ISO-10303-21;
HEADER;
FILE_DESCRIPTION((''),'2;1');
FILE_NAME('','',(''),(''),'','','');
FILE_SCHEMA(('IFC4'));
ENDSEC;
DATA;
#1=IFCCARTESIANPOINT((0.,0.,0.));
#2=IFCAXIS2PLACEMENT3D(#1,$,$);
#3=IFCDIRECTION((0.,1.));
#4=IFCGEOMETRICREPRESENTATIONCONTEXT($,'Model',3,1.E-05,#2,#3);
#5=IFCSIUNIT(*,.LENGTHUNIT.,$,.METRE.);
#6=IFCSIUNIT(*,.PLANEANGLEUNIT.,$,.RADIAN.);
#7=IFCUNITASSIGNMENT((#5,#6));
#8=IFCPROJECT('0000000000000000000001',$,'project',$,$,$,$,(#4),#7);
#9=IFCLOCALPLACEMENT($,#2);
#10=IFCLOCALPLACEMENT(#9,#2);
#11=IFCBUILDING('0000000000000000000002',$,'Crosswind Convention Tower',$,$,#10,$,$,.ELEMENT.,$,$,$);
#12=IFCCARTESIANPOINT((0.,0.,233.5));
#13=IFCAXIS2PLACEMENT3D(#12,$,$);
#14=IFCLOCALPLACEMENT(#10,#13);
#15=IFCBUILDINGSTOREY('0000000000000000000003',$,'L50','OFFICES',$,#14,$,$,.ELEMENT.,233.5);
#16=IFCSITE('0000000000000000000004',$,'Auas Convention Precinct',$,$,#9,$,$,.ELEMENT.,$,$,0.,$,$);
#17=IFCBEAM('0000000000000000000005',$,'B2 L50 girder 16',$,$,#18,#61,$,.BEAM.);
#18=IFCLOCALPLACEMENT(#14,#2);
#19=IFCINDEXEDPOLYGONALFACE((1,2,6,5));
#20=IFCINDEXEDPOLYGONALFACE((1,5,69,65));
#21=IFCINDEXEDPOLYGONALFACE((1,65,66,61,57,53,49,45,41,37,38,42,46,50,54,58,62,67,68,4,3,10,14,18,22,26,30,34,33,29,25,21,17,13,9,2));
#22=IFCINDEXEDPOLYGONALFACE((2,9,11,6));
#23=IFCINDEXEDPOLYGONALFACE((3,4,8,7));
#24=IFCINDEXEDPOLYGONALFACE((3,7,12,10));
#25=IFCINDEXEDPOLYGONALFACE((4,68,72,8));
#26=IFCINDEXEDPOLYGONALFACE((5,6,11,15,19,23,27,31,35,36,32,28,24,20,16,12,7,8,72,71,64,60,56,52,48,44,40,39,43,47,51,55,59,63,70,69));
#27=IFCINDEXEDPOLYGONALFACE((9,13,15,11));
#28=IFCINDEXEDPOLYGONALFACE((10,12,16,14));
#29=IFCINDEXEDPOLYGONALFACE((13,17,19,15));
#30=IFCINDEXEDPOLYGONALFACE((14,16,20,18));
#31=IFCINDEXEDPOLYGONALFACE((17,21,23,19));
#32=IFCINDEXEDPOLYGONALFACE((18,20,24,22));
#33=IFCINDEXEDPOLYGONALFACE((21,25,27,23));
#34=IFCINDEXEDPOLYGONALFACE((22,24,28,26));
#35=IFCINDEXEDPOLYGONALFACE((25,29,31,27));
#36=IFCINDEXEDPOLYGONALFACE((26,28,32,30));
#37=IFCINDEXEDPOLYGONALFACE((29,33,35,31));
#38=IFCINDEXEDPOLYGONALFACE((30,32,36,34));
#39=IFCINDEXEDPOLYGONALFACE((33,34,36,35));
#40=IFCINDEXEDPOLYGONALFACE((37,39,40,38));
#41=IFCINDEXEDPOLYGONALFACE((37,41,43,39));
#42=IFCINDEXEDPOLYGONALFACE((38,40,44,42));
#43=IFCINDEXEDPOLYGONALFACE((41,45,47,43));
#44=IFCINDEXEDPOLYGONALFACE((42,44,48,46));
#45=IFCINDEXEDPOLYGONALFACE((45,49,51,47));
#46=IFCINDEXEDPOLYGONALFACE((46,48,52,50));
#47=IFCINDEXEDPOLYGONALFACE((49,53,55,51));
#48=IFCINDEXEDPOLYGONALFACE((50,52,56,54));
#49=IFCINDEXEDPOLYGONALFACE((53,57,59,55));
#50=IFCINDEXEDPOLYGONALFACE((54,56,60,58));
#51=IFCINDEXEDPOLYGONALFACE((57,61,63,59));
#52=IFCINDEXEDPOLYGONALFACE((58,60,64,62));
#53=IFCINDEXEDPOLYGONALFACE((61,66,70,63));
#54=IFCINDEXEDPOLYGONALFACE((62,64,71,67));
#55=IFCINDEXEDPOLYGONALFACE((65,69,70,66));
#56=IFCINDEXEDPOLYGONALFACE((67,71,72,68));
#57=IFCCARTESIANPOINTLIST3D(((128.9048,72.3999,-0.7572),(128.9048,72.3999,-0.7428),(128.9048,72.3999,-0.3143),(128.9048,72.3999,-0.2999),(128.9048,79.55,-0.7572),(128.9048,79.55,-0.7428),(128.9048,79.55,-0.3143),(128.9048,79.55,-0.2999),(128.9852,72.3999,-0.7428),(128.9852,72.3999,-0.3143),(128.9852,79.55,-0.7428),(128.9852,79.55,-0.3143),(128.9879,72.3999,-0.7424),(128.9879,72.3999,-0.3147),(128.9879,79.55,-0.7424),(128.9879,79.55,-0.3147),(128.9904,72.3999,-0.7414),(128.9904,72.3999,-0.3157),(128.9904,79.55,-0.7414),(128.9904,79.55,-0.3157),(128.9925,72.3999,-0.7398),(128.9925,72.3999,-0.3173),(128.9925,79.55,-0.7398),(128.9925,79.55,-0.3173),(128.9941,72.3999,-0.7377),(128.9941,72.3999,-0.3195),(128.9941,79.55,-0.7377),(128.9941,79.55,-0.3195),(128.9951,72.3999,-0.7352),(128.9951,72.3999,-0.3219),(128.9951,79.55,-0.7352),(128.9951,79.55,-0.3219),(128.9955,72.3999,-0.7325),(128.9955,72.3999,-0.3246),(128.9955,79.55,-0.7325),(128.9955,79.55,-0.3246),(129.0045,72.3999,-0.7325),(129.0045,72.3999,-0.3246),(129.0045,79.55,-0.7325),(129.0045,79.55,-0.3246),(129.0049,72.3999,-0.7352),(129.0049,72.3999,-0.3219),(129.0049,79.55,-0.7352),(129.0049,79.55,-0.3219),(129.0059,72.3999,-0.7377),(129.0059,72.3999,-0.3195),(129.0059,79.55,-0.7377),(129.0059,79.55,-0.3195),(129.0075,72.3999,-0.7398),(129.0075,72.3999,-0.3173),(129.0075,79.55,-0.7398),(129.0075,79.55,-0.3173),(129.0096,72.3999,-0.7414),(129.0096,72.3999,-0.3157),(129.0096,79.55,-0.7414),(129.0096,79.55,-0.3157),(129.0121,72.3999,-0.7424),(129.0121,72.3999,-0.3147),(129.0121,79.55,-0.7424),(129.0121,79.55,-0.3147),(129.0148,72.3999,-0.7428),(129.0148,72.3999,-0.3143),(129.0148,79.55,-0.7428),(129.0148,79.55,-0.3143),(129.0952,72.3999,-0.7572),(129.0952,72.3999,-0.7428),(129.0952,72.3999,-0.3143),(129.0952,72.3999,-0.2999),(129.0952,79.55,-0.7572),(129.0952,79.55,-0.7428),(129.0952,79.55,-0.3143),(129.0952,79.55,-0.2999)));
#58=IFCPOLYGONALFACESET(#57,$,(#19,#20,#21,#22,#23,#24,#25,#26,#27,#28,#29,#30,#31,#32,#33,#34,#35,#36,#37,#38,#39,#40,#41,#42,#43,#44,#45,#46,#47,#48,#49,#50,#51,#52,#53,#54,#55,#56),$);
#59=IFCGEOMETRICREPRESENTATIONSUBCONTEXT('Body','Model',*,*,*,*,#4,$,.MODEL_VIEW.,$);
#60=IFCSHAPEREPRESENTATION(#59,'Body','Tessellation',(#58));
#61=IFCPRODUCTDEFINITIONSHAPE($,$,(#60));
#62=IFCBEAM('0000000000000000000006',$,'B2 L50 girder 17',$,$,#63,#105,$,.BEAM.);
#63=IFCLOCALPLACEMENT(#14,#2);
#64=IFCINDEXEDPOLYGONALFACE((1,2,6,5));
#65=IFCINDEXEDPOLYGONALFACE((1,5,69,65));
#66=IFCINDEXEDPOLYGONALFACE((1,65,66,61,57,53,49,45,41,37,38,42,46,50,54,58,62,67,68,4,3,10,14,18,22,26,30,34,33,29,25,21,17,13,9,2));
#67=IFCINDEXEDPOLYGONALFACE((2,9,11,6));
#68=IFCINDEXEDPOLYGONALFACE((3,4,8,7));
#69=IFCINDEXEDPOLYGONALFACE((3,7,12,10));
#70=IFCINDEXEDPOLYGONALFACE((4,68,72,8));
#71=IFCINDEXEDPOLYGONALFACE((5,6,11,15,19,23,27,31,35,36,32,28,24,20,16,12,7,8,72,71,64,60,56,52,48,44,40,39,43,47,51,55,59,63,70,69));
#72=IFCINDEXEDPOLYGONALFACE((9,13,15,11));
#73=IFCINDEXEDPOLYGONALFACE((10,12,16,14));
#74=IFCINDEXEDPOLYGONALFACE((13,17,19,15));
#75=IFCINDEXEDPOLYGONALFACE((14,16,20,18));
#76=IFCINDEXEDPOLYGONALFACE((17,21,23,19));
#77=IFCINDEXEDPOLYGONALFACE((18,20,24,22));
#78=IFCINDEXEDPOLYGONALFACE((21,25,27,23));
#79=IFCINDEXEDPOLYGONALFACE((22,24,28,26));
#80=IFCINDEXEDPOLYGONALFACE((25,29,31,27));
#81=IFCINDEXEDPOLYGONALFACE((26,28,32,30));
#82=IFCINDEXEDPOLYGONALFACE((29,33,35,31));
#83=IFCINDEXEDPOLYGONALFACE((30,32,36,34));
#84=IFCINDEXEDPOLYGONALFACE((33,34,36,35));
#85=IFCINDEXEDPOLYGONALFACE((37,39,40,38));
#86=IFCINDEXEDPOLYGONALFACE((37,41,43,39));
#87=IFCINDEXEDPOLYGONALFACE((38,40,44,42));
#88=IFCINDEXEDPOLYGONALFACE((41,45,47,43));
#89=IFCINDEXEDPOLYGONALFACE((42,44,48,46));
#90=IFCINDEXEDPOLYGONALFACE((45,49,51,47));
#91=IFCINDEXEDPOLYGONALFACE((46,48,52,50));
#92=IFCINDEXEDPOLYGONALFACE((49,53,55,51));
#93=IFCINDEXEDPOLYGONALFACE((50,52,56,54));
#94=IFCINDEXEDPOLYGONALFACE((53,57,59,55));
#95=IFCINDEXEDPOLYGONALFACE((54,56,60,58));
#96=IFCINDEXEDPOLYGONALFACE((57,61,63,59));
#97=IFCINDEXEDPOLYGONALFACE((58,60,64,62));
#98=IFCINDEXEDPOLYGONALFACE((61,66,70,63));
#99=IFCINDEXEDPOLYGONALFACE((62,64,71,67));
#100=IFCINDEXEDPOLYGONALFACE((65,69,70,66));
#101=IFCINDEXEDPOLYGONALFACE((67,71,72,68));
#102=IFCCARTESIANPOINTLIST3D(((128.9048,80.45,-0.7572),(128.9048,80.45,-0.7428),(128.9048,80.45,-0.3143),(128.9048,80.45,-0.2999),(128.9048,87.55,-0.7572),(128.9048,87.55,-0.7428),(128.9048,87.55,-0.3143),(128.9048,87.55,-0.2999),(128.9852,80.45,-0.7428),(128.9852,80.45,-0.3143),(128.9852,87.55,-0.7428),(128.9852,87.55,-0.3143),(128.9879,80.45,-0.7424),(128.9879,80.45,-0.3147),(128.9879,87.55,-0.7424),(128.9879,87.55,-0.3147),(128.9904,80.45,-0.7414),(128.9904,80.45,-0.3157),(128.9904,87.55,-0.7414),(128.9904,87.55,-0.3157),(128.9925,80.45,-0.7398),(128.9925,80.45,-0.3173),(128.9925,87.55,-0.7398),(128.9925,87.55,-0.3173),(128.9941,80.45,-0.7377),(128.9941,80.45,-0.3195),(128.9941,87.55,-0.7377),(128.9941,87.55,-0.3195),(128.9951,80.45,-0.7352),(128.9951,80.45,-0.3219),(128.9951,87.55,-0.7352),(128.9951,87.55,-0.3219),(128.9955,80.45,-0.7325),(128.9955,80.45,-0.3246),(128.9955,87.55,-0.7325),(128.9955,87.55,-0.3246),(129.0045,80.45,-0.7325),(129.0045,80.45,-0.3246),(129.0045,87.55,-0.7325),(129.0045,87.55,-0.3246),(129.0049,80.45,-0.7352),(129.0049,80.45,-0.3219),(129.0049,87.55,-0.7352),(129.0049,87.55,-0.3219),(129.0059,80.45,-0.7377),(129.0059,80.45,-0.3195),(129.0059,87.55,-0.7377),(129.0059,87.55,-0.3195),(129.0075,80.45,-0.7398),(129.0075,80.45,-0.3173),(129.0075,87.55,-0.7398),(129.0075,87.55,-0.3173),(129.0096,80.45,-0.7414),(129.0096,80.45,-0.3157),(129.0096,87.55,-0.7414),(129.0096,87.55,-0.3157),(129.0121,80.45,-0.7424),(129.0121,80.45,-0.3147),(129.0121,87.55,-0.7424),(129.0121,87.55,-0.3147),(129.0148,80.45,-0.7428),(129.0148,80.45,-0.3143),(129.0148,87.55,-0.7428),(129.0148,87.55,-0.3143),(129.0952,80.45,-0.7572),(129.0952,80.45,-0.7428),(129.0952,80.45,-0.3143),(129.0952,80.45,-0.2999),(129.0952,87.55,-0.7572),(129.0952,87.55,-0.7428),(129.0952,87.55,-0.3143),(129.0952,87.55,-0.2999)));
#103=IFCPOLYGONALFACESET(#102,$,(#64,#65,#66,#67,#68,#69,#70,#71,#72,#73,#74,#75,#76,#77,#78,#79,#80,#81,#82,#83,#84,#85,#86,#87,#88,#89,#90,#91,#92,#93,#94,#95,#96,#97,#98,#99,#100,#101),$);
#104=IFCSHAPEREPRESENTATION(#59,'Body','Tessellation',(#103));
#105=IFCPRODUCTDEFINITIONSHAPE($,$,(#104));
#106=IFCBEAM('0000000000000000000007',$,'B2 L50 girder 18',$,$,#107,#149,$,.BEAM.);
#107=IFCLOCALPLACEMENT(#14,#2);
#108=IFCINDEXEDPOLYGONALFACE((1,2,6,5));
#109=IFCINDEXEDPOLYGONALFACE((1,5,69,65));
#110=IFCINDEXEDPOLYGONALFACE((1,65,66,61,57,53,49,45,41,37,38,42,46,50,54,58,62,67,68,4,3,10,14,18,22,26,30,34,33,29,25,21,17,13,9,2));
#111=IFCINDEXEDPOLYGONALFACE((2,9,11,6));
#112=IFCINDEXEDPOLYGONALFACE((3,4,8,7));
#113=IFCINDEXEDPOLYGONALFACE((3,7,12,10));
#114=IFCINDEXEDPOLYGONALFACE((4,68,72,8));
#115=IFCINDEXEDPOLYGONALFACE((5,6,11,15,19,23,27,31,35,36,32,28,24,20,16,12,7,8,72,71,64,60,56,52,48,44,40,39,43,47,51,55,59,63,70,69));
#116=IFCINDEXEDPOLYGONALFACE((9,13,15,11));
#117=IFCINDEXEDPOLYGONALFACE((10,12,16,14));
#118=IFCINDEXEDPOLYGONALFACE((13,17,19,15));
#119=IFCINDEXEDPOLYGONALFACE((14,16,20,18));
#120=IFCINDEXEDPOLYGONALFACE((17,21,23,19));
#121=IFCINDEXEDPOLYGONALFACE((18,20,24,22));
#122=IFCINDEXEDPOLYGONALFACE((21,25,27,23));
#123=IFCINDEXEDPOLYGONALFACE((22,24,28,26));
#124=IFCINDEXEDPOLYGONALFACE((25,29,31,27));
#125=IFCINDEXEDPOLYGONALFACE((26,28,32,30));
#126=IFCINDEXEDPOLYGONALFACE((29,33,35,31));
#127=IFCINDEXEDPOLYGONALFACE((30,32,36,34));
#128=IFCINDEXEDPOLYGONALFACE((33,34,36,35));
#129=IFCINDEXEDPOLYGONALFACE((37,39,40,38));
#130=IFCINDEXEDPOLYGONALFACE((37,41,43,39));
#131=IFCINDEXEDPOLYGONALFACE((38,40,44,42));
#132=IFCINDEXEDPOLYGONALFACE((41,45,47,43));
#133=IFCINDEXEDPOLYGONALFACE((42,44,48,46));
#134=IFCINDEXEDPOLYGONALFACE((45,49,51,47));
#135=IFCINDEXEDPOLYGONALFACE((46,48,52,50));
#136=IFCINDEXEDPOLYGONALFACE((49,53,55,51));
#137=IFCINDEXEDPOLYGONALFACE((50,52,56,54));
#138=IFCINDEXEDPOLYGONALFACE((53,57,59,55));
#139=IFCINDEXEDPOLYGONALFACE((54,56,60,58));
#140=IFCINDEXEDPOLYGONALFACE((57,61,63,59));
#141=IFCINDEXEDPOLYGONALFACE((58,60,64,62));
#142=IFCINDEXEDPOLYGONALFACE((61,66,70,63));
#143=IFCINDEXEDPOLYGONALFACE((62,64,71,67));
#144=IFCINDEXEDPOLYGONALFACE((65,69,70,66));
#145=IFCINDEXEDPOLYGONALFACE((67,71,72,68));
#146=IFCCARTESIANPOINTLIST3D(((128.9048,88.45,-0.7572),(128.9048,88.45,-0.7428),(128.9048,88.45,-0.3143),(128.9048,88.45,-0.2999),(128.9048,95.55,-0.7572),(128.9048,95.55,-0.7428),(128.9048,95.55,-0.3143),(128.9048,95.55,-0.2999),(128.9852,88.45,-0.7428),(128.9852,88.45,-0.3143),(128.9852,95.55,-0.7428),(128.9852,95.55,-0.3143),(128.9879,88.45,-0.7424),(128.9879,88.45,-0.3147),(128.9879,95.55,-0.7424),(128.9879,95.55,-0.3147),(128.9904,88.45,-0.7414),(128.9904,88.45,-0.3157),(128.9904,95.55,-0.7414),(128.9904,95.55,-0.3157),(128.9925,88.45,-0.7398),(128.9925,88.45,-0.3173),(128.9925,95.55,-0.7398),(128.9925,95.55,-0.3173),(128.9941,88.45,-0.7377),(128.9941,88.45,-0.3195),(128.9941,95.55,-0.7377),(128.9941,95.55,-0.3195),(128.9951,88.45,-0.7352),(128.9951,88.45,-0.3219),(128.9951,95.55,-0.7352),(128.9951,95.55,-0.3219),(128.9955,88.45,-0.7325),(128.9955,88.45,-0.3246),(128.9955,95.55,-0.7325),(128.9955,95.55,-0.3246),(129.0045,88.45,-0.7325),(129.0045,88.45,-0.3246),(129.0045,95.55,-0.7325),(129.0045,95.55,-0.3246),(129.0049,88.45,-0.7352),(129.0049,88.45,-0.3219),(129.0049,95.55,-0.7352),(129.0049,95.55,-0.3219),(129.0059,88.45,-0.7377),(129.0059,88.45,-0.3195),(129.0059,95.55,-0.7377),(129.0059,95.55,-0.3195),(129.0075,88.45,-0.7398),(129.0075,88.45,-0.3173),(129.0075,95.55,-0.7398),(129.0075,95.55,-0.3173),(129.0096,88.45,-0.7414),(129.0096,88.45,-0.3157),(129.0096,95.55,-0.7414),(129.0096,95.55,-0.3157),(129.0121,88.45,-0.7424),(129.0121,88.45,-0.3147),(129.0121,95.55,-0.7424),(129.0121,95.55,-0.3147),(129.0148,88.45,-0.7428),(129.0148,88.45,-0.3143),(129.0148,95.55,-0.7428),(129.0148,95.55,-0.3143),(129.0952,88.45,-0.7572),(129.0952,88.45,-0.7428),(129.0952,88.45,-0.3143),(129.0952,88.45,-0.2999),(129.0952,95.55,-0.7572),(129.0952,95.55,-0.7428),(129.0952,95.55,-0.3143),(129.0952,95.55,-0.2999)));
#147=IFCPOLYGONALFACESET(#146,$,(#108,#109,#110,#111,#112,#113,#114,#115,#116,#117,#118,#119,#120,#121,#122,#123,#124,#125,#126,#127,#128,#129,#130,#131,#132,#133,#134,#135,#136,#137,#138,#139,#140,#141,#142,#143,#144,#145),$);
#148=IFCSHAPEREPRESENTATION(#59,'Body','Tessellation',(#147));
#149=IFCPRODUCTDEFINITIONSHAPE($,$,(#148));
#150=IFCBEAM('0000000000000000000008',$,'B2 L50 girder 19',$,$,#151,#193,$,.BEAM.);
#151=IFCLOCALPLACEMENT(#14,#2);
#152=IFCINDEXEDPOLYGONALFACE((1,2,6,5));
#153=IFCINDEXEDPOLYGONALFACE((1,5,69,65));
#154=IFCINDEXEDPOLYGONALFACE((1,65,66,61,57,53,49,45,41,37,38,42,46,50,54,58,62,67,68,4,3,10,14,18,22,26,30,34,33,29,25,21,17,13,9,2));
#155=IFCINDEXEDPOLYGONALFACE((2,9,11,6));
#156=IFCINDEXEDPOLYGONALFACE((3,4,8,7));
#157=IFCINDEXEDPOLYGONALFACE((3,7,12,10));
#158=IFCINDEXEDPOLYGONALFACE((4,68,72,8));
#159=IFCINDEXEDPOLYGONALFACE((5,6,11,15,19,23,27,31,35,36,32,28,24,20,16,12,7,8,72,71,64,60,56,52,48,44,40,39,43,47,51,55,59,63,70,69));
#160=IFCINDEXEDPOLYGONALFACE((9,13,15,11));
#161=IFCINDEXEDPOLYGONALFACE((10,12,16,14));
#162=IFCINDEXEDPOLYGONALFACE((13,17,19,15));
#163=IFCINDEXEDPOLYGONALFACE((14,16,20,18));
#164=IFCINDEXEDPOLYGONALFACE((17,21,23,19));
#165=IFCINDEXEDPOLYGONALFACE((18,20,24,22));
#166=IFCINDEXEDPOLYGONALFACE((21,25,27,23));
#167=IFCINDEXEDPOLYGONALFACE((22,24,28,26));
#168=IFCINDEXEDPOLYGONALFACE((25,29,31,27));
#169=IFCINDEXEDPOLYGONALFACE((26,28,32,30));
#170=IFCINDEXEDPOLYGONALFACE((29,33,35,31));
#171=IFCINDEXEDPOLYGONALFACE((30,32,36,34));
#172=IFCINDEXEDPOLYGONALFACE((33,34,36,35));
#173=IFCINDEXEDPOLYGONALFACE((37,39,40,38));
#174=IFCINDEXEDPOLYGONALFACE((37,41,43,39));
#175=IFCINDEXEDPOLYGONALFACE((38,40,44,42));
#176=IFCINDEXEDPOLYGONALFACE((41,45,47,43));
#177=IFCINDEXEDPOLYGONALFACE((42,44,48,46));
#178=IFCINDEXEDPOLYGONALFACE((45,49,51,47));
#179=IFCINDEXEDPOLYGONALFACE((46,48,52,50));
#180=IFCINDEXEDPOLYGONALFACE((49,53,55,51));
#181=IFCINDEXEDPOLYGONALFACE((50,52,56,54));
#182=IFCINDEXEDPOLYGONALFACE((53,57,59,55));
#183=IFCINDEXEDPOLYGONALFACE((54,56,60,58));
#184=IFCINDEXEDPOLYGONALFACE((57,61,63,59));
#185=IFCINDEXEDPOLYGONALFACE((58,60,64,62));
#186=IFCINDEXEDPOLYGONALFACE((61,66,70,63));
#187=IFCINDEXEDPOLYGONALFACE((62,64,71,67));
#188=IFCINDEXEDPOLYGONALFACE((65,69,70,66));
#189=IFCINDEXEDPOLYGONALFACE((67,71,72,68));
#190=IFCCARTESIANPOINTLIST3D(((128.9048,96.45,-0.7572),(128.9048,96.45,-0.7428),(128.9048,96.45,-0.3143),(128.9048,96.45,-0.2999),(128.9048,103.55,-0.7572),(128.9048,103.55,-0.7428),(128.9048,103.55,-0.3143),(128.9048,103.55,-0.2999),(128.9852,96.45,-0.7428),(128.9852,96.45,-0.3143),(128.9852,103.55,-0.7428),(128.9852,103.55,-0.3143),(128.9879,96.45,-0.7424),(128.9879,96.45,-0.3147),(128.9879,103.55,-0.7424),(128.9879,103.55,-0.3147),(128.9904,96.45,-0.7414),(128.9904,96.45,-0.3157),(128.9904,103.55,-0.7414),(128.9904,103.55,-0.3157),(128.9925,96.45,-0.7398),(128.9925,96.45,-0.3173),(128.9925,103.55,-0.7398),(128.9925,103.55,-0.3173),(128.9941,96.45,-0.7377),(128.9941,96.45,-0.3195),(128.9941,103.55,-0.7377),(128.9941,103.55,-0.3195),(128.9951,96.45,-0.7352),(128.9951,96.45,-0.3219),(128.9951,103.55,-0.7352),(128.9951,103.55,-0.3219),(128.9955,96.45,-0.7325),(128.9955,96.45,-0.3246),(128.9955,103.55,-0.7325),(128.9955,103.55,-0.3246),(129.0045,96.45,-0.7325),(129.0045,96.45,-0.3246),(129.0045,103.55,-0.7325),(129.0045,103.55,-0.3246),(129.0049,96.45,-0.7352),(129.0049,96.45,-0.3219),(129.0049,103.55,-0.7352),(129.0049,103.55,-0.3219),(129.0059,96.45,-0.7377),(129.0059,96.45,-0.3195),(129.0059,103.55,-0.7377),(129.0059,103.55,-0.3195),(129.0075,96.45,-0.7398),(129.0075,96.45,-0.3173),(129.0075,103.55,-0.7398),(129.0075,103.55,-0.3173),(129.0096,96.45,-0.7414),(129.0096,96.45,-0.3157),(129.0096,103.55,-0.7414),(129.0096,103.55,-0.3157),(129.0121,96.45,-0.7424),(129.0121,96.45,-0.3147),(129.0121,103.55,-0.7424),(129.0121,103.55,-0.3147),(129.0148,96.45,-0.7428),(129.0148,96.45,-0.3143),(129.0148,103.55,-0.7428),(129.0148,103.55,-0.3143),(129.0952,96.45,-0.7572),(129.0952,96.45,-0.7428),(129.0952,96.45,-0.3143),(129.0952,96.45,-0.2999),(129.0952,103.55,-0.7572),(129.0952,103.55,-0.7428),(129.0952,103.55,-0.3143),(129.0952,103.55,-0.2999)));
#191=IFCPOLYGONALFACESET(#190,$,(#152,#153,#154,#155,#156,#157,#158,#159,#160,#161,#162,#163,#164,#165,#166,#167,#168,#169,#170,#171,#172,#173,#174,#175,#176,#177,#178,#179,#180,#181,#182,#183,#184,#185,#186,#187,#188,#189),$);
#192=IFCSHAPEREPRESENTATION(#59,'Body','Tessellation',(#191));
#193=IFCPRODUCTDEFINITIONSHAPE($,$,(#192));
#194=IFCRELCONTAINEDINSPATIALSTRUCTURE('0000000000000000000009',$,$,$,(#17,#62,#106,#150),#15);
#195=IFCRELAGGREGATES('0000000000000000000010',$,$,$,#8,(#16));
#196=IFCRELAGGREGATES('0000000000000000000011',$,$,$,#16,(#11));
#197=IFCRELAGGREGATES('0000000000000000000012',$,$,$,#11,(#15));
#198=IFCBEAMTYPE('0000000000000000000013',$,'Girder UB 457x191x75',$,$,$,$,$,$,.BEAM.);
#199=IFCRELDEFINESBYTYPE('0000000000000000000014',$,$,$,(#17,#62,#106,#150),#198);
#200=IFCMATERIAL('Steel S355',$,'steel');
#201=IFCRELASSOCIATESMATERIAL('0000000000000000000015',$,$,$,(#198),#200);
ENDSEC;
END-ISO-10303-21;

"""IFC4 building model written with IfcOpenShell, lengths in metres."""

from ifc_helpers import new_model, si_unit, direction, frame, origin, origin_2d, place, context, subcontext, project, spatial, i_section, extrude, material, material_profile, profile_set, type_object, element, save


model = new_model("IFC4")

# Units and contexts
model_context = context("Model", 3, precision=1e-05, world=origin(), true_north=direction((0.0, 1.0)))
body_context = subcontext(model_context, "Body", "Model", "MODEL_VIEW")
ifc_project = project(units=[si_unit("LENGTHUNIT", "METRE"), si_unit("PLANEANGLEUNIT", "RADIAN")], contexts=[model_context])

# Site, building, storey
site_placement = place(None, origin())
site = spatial("IfcSite", under=ifc_project, at=site_placement, Name="Auas Convention Precinct", CompositionType="ELEMENT", RefElevation=0.0)
building_placement = place(site_placement, origin())
building = spatial("IfcBuilding", under=site, at=building_placement, Name="Crosswind Convention Tower", CompositionType="ELEMENT")
storey_placement = place(building_placement, frame((0.0, 0.0, 233.5)))
storey = spatial("IfcBuildingStorey", under=building, at=storey_placement, Name="L50", Description="OFFICES", CompositionType="ELEMENT", Elevation=233.5)

# Beams
ifc_material_1 = material(Name="Steel S355", Category="steel")
ifc_material_profile_1 = material_profile(ifc_material_1, i_section(OverallWidth=0.1904, OverallDepth=0.4573, WebThickness=0.009, FlangeThickness=0.0144, FilletRadius=0.0103, at=origin_2d()), Name="UB 457x191x75")
ifc_profile_set_1 = profile_set([ifc_material_profile_1], Name="Steel S355")
beam_type_1 = type_object("IfcBeamType", Name="Girder UB 457x191x75", PredefinedType="BEAM", material=ifc_profile_set_1)
beam_1_placement = place(storey_placement, frame((129.0, 72.3999, -0.5286), z_axis=(0.0, 1.0, 0.0), x_axis=(-1.0, 0.0, 0.0)))
element("IfcBeam", 1, at=beam_1_placement, inside=storey, type_object=beam_type_1, Name="B2 L50 girder 16", PredefinedType="BEAM", context=body_context, shape_type="SweptSolid", body=[
    extrude(i_section(OverallWidth=0.1904, OverallDepth=0.4573, WebThickness=0.009, FlangeThickness=0.0144, FilletRadius=0.0103, at=origin_2d()), origin(), (0.0, 0.0, 1.0), 7.1501),
])
for number, where, z_axis, x_axis, name in (
    (2, (129.0, 80.45, -0.5286), (0.0, 1.0, 0.0), (-1.0, 0.0, 0.0), "B2 L50 girder 17"),
    (3, (129.0, 88.45, -0.5286), (0.0, 1.0, 0.0), (-1.0, 0.0, 0.0), "B2 L50 girder 18"),
    (4, (129.0, 96.45, -0.5286), (0.0, 1.0, 0.0), (-1.0, 0.0, 0.0), "B2 L50 girder 19"),
):
    element("IfcBeam", number, at=place(storey_placement, frame(where, z_axis=z_axis, x_axis=x_axis)), inside=storey, type_object=beam_type_1, Name=name, PredefinedType="BEAM", context=body_context, shape_type="SweptSolid", body=[
        extrude(i_section(OverallWidth=0.1904, OverallDepth=0.4573, WebThickness=0.009, FlangeThickness=0.0144, FilletRadius=0.0103, at=origin_2d()), origin(), (0.0, 0.0, 1.0), 7.1001),
    ])

save(model, "model.ifc")
